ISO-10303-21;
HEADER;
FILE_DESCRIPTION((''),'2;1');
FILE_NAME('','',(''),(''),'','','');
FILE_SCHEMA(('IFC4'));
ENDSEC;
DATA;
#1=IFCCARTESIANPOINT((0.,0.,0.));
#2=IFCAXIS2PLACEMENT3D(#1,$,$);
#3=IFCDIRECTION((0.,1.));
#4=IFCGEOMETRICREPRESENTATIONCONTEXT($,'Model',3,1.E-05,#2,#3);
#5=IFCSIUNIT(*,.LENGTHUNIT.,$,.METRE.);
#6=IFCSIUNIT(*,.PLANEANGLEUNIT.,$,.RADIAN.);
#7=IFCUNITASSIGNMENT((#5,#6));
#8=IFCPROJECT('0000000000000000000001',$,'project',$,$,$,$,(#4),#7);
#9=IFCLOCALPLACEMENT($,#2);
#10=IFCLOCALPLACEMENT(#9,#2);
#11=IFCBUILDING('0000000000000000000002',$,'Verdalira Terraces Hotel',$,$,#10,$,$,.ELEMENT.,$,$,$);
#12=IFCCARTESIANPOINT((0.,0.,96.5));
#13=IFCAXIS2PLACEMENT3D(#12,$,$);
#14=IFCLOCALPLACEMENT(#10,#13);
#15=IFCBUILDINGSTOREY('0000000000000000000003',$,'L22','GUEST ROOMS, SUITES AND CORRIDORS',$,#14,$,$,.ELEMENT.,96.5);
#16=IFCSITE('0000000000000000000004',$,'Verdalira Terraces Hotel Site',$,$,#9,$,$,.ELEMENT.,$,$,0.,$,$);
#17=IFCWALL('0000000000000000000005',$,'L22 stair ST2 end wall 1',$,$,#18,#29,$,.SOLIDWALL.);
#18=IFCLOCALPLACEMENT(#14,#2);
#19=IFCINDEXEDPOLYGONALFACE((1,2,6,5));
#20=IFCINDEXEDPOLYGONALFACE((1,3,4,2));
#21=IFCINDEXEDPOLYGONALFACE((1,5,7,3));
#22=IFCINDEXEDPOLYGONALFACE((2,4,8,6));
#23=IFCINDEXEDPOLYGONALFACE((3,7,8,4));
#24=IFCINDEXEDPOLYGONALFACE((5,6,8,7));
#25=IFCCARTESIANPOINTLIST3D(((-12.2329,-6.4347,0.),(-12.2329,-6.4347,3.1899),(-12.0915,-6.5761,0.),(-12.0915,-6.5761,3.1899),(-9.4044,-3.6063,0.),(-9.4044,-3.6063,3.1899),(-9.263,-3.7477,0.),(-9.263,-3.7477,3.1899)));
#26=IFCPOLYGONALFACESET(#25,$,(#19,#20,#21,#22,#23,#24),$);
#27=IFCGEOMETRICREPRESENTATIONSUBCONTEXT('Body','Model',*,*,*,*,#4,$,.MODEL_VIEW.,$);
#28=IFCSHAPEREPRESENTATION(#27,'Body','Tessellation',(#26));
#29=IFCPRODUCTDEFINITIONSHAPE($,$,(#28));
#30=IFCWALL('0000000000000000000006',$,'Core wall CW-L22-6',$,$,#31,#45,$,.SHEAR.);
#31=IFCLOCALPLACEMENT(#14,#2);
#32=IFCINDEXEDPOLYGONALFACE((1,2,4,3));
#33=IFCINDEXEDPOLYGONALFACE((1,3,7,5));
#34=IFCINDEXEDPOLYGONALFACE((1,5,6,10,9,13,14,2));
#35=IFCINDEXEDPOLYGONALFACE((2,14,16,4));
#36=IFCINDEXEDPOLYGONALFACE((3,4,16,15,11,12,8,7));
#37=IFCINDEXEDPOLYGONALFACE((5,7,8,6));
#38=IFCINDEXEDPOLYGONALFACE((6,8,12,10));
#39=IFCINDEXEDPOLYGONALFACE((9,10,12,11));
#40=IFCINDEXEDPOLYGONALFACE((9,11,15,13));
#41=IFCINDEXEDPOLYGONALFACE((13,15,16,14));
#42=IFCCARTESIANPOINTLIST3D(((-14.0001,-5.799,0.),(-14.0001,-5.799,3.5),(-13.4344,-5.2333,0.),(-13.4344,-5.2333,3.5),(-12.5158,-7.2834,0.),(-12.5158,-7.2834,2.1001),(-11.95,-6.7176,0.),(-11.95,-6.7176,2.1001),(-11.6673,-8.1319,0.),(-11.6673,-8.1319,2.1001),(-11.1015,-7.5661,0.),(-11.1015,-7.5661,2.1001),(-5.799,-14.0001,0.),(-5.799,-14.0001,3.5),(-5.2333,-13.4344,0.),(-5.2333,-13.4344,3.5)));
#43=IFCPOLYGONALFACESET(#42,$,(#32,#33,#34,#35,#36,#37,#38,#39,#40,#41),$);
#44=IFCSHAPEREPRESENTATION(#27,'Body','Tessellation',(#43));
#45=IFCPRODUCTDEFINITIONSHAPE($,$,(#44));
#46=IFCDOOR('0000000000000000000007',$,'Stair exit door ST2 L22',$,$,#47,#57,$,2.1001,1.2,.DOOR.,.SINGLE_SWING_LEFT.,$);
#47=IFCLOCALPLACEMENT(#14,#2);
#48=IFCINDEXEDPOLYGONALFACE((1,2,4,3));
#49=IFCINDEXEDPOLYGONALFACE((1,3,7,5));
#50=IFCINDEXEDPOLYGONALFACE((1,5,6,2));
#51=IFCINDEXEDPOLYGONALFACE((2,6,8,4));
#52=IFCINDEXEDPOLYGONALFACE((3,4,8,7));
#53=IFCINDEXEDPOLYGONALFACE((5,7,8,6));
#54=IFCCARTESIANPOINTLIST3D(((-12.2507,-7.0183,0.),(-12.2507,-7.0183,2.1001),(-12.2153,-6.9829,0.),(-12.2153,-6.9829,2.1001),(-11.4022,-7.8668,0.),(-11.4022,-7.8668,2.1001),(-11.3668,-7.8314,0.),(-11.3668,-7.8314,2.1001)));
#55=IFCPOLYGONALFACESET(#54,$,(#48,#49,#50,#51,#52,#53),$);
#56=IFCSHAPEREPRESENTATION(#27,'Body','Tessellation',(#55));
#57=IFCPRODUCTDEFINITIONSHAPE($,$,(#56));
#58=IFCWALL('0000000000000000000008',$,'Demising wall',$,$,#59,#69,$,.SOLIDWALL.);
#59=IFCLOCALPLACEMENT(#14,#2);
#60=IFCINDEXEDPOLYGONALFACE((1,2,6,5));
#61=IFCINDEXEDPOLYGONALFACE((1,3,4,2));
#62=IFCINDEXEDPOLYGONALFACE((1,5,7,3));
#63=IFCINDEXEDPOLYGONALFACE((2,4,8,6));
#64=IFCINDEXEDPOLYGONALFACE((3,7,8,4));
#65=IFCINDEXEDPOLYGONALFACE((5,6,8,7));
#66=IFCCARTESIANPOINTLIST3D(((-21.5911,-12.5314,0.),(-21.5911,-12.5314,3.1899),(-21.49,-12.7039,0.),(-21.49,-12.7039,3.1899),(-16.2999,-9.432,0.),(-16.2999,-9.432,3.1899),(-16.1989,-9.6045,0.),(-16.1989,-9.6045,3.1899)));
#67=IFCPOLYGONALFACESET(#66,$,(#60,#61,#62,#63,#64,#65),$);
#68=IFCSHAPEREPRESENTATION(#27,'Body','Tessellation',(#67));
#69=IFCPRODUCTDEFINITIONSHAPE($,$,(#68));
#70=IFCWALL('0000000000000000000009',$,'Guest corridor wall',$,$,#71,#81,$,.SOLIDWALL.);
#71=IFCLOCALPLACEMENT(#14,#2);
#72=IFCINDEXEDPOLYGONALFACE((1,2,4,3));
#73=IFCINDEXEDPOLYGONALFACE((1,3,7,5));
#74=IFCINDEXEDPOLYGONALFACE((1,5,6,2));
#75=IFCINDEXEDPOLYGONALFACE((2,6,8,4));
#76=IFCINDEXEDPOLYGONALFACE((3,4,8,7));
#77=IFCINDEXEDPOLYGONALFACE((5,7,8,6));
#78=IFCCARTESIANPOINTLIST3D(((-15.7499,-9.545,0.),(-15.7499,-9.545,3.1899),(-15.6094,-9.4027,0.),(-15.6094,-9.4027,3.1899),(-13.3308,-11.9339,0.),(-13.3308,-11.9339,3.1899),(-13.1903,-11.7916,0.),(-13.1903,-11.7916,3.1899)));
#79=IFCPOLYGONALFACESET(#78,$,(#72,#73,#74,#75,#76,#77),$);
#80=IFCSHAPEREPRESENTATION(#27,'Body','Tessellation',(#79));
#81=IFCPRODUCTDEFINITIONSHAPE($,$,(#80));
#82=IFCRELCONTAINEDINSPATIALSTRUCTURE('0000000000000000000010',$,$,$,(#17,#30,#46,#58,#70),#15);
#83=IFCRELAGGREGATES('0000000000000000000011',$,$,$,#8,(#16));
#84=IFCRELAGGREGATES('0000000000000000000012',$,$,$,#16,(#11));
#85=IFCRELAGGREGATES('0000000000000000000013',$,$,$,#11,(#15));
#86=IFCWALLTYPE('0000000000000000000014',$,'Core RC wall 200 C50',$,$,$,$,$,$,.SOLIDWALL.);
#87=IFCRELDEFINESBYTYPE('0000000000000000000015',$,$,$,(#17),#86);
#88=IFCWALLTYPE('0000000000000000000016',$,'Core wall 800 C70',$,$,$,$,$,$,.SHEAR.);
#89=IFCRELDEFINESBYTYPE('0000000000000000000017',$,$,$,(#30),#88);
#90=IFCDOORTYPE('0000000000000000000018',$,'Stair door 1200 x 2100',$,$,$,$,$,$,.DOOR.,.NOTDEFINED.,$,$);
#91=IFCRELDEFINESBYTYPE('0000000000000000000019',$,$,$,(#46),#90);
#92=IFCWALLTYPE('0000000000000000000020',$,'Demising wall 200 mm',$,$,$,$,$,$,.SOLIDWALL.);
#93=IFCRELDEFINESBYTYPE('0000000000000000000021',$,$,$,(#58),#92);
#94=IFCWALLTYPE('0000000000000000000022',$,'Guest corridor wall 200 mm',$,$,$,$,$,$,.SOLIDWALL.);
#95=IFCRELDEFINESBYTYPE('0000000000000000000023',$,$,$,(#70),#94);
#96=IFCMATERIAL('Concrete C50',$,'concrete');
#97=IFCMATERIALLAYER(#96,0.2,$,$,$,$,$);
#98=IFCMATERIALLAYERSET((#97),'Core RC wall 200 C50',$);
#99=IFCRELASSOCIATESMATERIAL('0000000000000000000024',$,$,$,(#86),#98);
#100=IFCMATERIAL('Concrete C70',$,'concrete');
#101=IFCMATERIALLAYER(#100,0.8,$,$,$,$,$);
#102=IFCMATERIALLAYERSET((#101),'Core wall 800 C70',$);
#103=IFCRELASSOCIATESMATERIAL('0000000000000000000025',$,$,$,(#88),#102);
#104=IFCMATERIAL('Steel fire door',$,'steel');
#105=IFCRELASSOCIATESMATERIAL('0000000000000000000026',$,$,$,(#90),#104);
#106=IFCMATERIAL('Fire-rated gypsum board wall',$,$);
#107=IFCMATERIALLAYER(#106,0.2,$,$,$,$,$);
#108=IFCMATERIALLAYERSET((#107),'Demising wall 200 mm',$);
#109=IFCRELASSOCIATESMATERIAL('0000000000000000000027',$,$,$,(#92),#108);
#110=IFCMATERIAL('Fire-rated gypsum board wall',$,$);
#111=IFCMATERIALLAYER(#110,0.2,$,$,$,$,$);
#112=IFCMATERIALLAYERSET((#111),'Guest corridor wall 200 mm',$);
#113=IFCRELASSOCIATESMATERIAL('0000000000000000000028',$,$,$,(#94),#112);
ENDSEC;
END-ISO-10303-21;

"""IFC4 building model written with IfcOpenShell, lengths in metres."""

from ifc_helpers import new_model, si_unit, direction, frame, frame_2d, origin, place, context, subcontext, project, spatial, rectangle, extrude, material, layer, layer_set, type_object, element, fill, save


model = new_model("IFC4")

# Units and contexts
model_context = context("Model", 3, precision=1e-05, world=origin(), true_north=direction((0.0, 1.0)))
body_context = subcontext(model_context, "Body", "Model", "MODEL_VIEW")
ifc_project = project(units=[si_unit("LENGTHUNIT", "METRE"), si_unit("PLANEANGLEUNIT", "RADIAN")], contexts=[model_context])

# Site, building, storey
site_placement = place(None, origin())
site = spatial("IfcSite", under=ifc_project, at=site_placement, Name="Verdalira Terraces Hotel Site", CompositionType="ELEMENT", RefElevation=0.0)
building_placement = place(site_placement, origin())
building = spatial("IfcBuilding", under=site, at=building_placement, Name="Verdalira Terraces Hotel", CompositionType="ELEMENT")
storey_placement = place(building_placement, frame((0.0, 0.0, 96.5)))
storey = spatial("IfcBuildingStorey", under=building, at=storey_placement, Name="L22", Description="GUEST ROOMS, SUITES AND CORRIDORS", CompositionType="ELEMENT", Elevation=96.5)

# Shared definitions
ifc_material_1 = material(Name="Concrete C50", Category="concrete")
ifc_layer_1 = layer(ifc_material_1, 0.2)
ifc_layer_set_1 = layer_set([ifc_layer_1], Name="Core RC wall 200 C50")
wall_type_1 = type_object("IfcWallType", Name="Core RC wall 200 C50", PredefinedType="SOLIDWALL", material=ifc_layer_set_1)

# Wall
wall_1_placement = place(storey_placement, frame((-9.3337, -3.677, 0.0), z_axis=(0.0, 0.0, 1.0), x_axis=(-0.707107, -0.707107, 0.0)))
element("IfcWall", 1, at=wall_1_placement, inside=storey, type_object=wall_type_1, Name="L22 stair ST2 end wall 1", PredefinedType="SOLIDWALL", context=body_context, shape_type="SweptSolid", body=[
    extrude(rectangle(XDim=4.0, YDim=0.2, at=frame_2d((2.0, 0.0))), origin(), (0.0, 0.0, 1.0), 3.1899),
])

# Wall, opening, door
ifc_material_2 = material(Name="Concrete C70", Category="concrete")
ifc_layer_2 = layer(ifc_material_2, 0.8)
ifc_layer_set_2 = layer_set([ifc_layer_2], Name="Core wall 800 C70")
wall_type_2 = type_object("IfcWallType", Name="Core wall 800 C70", PredefinedType="SHEAR", material=ifc_layer_set_2)
wall_2_placement = place(storey_placement, frame((-13.7173, -5.5161, 0.0), z_axis=(0.0, 0.0, 1.0), x_axis=(0.707107, -0.707107, 0.0)))
wall_2 = element("IfcWall", 2, at=wall_2_placement, inside=storey, type_object=wall_type_2, Name="Core wall CW-L22-6", PredefinedType="SHEAR", context=body_context, shape_type="SweptSolid", body=[
    extrude(rectangle(XDim=11.5981, YDim=0.8, at=frame_2d((5.7991, 0.0))), origin(), (0.0, 0.0, 1.0), 3.5),
])
opening_1_placement = place(wall_2_placement, frame((2.0991, 0.0, 0.0)))
opening_1 = element("IfcOpeningElement", 3, at=opening_1_placement, cuts=wall_2, PredefinedType="OPENING", context=body_context, shape_type="SweptSolid", body=[
    extrude(rectangle(XDim=1.2, YDim=2.1001, at=frame_2d((0.6001, 1.05))), frame((0.0, 0.4099, 0.0), z_axis=(0.0, -1.0, 0.0), x_axis=(1.0, 0.0, 0.0)), (0.0, 0.0, 1.0), 0.8201),
])
ifc_material_3 = material(Name="Steel fire door", Category="steel")
door_type_1 = type_object("IfcDoorType", Name="Stair door 1200 x 2100", OperationType="NOTDEFINED", PredefinedType="DOOR", material=ifc_material_3)
door_1_placement = place(opening_1_placement, origin())
door_1 = element("IfcDoor", 4, at=door_1_placement, inside=storey, type_object=door_type_1, Name="Stair exit door ST2 L22", OperationType="SINGLE_SWING_LEFT", OverallHeight=2.1001, OverallWidth=1.2, PredefinedType="DOOR", context=body_context, shape_type="SweptSolid", body=[
    extrude(rectangle(XDim=1.2, YDim=2.1001, at=frame_2d((0.6001, 1.05))), frame((0.0, 0.0249, 0.0), z_axis=(0.0, -1.0, 0.0), x_axis=(1.0, 0.0, 0.0)), (0.0, 0.0, 1.0), 0.05),
])
fill(opening_1, door_1)

# Walls
ifc_material_4 = material(Name="Fire-rated gypsum board wall")
ifc_layer_3 = layer(ifc_material_4, 0.2)
ifc_layer_set_3 = layer_set([ifc_layer_3], Name="Demising wall 200 mm")
wall_type_3 = type_object("IfcWallType", Name="Demising wall 200 mm", PredefinedType="SOLIDWALL", material=ifc_layer_set_3)
wall_3_placement = place(storey_placement, frame((-16.2495, -9.5183, 0.0), z_axis=(0.0, 0.0, 1.0), x_axis=(-0.862859, -0.505445, 0.0)))
element("IfcWall", 5, at=wall_3_placement, inside=storey, type_object=wall_type_3, Name="Demising wall", PredefinedType="SOLIDWALL", context=body_context, shape_type="SweptSolid", body=[
    extrude(rectangle(XDim=6.1321, YDim=0.2, at=frame_2d((3.0659, 0.0))), origin(), (0.0, 0.0, 1.0), 3.1899),
])
ifc_material_5 = material(Name="Fire-rated gypsum board wall")
ifc_layer_4 = layer(ifc_material_5, 0.2)
ifc_layer_set_4 = layer_set([ifc_layer_4], Name="Guest corridor wall 200 mm")
wall_type_4 = type_object("IfcWallType", Name="Guest corridor wall 200 mm", PredefinedType="SOLIDWALL", material=ifc_layer_set_4)
wall_4_placement = place(storey_placement, frame((-15.6797, -9.4739, 0.0), z_axis=(0.0, 0.0, 1.0), x_axis=(0.711545, -0.702641, 0.0)))
element("IfcWall", 6, at=wall_4_placement, inside=storey, type_object=wall_type_4, Name="Guest corridor wall", PredefinedType="SOLIDWALL", context=body_context, shape_type="SweptSolid", body=[
    extrude(rectangle(XDim=3.3999, YDim=0.2, at=frame_2d((1.7, 0.0))), origin(), (0.0, 0.0, 1.0), 3.1899),
])

save(model, "model.ifc")
